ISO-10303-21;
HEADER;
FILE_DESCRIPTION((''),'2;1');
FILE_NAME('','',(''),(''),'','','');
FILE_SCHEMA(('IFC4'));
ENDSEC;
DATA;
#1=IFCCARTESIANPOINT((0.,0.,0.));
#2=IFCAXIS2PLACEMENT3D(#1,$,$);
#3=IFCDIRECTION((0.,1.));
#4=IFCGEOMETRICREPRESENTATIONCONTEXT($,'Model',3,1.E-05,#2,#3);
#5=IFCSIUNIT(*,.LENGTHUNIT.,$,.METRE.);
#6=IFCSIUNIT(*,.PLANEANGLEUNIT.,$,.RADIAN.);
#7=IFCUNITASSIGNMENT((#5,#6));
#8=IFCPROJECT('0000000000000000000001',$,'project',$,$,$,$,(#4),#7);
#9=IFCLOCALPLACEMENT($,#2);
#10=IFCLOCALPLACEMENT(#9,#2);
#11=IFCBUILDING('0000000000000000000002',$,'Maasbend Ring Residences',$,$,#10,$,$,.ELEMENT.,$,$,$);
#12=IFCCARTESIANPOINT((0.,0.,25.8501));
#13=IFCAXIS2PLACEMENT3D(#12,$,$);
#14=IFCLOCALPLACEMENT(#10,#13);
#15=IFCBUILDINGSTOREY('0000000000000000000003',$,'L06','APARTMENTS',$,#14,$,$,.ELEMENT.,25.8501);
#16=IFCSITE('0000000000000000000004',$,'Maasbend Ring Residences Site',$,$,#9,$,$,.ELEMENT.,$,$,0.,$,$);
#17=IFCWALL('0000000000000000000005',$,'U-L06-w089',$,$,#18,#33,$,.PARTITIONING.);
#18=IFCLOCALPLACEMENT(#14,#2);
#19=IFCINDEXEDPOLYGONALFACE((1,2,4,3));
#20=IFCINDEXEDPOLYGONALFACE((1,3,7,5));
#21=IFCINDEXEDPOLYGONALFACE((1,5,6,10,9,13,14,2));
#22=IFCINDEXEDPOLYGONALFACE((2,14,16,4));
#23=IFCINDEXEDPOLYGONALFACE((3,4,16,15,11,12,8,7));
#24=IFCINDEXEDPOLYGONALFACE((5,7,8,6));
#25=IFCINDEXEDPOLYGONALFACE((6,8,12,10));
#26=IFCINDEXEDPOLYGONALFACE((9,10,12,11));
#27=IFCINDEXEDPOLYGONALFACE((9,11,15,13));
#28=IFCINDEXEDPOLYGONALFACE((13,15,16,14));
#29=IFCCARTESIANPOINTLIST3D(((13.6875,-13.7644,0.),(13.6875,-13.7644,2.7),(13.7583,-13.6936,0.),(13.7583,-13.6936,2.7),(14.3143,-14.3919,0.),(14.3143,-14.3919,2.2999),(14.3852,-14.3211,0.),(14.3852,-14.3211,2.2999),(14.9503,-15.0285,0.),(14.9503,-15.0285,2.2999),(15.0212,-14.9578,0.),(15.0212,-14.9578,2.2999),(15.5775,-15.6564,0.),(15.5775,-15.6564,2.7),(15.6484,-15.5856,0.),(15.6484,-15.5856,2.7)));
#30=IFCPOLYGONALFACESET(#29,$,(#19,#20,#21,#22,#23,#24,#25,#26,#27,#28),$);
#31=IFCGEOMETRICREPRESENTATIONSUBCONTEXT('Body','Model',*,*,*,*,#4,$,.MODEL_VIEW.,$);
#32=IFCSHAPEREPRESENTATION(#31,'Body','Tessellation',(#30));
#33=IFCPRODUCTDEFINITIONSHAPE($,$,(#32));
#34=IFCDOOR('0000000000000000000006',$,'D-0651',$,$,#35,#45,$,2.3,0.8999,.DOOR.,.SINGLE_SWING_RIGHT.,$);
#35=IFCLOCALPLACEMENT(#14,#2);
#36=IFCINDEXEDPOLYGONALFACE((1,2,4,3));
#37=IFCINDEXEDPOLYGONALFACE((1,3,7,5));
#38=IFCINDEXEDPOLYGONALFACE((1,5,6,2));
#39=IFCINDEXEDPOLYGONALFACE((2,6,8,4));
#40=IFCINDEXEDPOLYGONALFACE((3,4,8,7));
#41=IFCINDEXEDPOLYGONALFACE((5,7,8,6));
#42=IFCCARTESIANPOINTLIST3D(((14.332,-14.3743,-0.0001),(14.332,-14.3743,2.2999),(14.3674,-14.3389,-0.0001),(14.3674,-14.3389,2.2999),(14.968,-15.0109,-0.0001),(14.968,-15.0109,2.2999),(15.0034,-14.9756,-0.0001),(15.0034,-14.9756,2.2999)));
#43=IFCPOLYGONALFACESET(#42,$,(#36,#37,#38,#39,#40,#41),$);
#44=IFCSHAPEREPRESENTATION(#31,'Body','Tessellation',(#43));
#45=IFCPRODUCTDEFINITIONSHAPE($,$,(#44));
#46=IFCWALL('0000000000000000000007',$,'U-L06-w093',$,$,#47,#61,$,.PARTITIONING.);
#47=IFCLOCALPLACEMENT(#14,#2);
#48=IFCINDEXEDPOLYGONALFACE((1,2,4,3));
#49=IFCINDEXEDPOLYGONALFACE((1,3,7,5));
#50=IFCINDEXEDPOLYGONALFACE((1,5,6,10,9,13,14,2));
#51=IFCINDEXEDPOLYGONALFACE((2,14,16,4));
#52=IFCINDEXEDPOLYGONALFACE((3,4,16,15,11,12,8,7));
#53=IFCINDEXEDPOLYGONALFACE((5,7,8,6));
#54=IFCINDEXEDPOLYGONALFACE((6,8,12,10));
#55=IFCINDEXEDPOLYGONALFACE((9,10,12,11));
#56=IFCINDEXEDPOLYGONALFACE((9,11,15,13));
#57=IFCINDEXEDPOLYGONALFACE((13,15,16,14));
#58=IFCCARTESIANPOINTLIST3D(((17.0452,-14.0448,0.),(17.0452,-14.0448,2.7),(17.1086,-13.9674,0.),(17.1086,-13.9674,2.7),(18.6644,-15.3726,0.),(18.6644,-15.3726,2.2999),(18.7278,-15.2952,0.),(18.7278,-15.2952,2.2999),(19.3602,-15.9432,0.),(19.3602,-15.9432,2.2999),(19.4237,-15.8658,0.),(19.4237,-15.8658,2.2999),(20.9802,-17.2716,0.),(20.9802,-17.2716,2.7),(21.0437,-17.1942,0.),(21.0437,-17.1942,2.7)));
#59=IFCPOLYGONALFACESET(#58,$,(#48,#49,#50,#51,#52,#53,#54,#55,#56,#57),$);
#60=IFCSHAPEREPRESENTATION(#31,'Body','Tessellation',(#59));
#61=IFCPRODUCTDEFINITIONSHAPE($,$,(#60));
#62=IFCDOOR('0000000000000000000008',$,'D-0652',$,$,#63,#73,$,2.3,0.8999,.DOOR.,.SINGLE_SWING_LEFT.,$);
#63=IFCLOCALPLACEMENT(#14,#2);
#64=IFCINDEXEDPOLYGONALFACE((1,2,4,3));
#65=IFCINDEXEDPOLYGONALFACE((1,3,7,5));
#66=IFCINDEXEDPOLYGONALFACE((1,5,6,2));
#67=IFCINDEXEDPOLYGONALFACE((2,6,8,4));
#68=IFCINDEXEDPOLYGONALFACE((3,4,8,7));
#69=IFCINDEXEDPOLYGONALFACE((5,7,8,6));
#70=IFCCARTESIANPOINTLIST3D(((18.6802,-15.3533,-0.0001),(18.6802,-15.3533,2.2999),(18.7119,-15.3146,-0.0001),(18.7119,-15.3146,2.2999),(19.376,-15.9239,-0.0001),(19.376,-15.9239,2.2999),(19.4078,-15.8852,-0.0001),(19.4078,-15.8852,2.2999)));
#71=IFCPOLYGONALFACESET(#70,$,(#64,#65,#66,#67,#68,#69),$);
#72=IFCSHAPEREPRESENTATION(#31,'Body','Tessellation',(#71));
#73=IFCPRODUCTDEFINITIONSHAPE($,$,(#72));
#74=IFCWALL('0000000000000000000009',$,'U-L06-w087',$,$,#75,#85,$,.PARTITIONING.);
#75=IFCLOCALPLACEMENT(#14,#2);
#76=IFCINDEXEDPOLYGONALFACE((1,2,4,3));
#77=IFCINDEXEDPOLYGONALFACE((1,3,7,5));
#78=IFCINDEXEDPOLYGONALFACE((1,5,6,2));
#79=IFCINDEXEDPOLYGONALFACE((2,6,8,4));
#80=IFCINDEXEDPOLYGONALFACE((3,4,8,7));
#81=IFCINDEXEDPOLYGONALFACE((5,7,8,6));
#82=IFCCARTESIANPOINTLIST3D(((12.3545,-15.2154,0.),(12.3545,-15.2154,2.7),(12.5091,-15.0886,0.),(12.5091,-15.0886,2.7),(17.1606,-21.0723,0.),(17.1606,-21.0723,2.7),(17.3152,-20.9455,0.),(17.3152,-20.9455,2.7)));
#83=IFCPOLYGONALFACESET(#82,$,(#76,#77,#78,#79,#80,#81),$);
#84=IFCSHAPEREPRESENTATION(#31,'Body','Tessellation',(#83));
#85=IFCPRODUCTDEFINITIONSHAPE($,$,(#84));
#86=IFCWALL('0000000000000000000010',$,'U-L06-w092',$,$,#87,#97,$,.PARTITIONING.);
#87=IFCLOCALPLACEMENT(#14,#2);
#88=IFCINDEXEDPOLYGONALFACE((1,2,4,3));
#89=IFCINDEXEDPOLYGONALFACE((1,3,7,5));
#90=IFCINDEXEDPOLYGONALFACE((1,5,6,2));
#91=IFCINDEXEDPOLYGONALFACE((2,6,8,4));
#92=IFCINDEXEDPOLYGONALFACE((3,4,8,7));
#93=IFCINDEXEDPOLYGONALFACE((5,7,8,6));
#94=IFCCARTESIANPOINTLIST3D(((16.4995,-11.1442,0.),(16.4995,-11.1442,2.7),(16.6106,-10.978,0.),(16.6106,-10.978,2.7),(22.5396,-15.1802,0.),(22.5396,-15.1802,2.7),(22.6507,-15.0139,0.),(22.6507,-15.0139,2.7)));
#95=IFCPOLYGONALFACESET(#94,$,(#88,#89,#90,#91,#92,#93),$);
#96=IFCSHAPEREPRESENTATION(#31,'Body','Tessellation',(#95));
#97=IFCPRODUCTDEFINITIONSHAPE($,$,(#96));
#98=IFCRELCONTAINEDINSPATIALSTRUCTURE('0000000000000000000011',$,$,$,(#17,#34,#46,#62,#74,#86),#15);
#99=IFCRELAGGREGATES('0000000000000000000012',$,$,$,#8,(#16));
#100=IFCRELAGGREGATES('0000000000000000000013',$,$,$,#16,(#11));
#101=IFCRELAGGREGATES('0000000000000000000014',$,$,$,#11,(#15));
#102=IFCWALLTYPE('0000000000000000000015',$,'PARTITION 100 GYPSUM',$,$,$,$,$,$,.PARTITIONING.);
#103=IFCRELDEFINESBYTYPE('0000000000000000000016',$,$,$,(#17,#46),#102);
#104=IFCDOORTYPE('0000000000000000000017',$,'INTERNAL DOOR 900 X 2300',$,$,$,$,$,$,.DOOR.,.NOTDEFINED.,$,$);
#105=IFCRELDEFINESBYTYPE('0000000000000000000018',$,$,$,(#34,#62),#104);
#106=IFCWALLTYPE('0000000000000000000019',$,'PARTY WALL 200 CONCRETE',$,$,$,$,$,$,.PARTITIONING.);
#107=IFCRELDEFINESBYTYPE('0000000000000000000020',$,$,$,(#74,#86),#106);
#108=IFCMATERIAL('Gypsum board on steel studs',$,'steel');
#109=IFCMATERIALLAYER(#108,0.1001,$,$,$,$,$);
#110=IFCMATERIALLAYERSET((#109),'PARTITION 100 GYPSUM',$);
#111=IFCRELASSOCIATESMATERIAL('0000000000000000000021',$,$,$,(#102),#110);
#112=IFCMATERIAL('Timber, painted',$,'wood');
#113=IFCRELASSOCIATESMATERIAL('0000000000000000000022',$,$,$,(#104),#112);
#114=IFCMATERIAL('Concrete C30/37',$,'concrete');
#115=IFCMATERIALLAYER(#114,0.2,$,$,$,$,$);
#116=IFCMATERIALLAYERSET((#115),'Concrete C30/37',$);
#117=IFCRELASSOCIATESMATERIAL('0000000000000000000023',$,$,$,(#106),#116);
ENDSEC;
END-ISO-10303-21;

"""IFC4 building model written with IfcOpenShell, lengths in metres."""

from ifc_helpers import new_model, si_unit, direction, frame, frame_2d, origin, place, context, subcontext, project, spatial, rectangle, extrude, material, layer, layer_set, type_object, element, fill, save


model = new_model("IFC4")

# Units and contexts
model_context = context("Model", 3, precision=1e-05, world=origin(), true_north=direction((0.0, 1.0)))
body_context = subcontext(model_context, "Body", "Model", "MODEL_VIEW")
ifc_project = project(units=[si_unit("LENGTHUNIT", "METRE"), si_unit("PLANEANGLEUNIT", "RADIAN")], contexts=[model_context])

# Site, building, storey
site_placement = place(None, origin())
site = spatial("IfcSite", under=ifc_project, at=site_placement, Name="Maasbend Ring Residences Site", CompositionType="ELEMENT", RefElevation=0.0)
building_placement = place(site_placement, origin())
building = spatial("IfcBuilding", under=site, at=building_placement, Name="Maasbend Ring Residences", CompositionType="ELEMENT")
storey_placement = place(building_placement, frame((0.0, 0.0, 25.8501)))
storey = spatial("IfcBuildingStorey", under=building, at=storey_placement, Name="L06", Description="APARTMENTS", CompositionType="ELEMENT", Elevation=25.8501)

# Shared definitions
ifc_material_1 = material(Name="Gypsum board on steel studs", Category="steel")
ifc_layer_1 = layer(ifc_material_1, 0.1001)
ifc_layer_set_1 = layer_set([ifc_layer_1], Name="PARTITION 100 GYPSUM")
wall_type_1 = type_object("IfcWallType", Name="PARTITION 100 GYPSUM", PredefinedType="PARTITIONING", material=ifc_layer_set_1)

# Walls, openings, doors
wall_1_placement = place(storey_placement, frame((13.7229, -13.729, 0.0), z_axis=(0.0, 0.0, 1.0), x_axis=(0.706742, -0.707472, 0.0)))
wall_1 = element("IfcWall", 1, at=wall_1_placement, inside=storey, type_object=wall_type_1, Name="U-L06-w089", PredefinedType="PARTITIONING", context=body_context, shape_type="SweptSolid", body=[
    extrude(rectangle(XDim=2.6743, YDim=0.1001, at=frame_2d((1.3372, 0.0))), origin(), (0.0, 0.0, 1.0), 2.7),
])
opening_1_placement = place(wall_1_placement, frame((0.887, 0.0, 0.0)))
opening_1 = element("IfcOpeningElement", 2, at=opening_1_placement, cuts=wall_1, PredefinedType="OPENING", context=body_context, shape_type="SweptSolid", body=[
    extrude(rectangle(XDim=0.8999, YDim=2.3, at=frame_2d((0.45, 1.1499))), frame((0.0, 0.0601, 0.0), z_axis=(0.0, -1.0, 0.0), x_axis=(1.0, 0.0, 0.0)), (0.0, 0.0, 1.0), 0.1201),
])
ifc_material_2 = material(Name="Timber, painted", Category="wood")
door_type_1 = type_object("IfcDoorType", Name="INTERNAL DOOR 900 X 2300", OperationType="NOTDEFINED", PredefinedType="DOOR", material=ifc_material_2)
door_1_placement = place(opening_1_placement, origin())
door_1 = element("IfcDoor", 3, at=door_1_placement, inside=storey, type_object=door_type_1, Name="D-0651", OperationType="SINGLE_SWING_RIGHT", OverallHeight=2.3, OverallWidth=0.8999, PredefinedType="DOOR", context=body_context, shape_type="SweptSolid", body=[
    extrude(rectangle(XDim=0.8999, YDim=2.3, at=frame_2d((0.45, 1.1499))), frame((0.0, 0.0249, 0.0), z_axis=(0.0, -1.0, 0.0), x_axis=(1.0, 0.0, 0.0)), (0.0, 0.0, 1.0), 0.05),
])
fill(opening_1, door_1)
wall_2_placement = place(storey_placement, frame((17.0769, -14.0061, 0.0), z_axis=(0.0, 0.0, 1.0), x_axis=(0.773262, -0.634086, 0.0)))
wall_2 = element("IfcWall", 4, at=wall_2_placement, inside=storey, type_object=wall_type_1, Name="U-L06-w093", PredefinedType="PARTITIONING", context=body_context, shape_type="SweptSolid", body=[
    extrude(rectangle(XDim=5.0889, YDim=0.1001, at=frame_2d((2.5444, 0.0))), origin(), (0.0, 0.0, 1.0), 2.7),
])
opening_2_placement = place(wall_2_placement, frame((2.094, 0.0, 0.0)))
opening_2 = element("IfcOpeningElement", 5, at=opening_2_placement, cuts=wall_2, PredefinedType="OPENING", context=body_context, shape_type="SweptSolid", body=[
    extrude(rectangle(XDim=0.8999, YDim=2.3, at=frame_2d((0.45, 1.1499))), frame((0.0, 0.0601, 0.0), z_axis=(0.0, -1.0, 0.0), x_axis=(1.0, 0.0, 0.0)), (0.0, 0.0, 1.0), 0.1201),
])
door_2_placement = place(opening_2_placement, origin())
door_2 = element("IfcDoor", 6, at=door_2_placement, inside=storey, type_object=door_type_1, Name="D-0652", OperationType="SINGLE_SWING_LEFT", OverallHeight=2.3, OverallWidth=0.8999, PredefinedType="DOOR", context=body_context, shape_type="SweptSolid", body=[
    extrude(rectangle(XDim=0.8999, YDim=2.3, at=frame_2d((0.45, 1.1499))), frame((0.0, 0.0249, 0.0), z_axis=(0.0, -1.0, 0.0), x_axis=(1.0, 0.0, 0.0)), (0.0, 0.0, 1.0), 0.05),
])
fill(opening_2, door_2)

# Walls
ifc_material_3 = material(Name="Concrete C30/37", Category="concrete")
ifc_layer_2 = layer(ifc_material_3, 0.2)
ifc_layer_set_2 = layer_set([ifc_layer_2], Name="Concrete C30/37")
wall_type_2 = type_object("IfcWallType", Name="PARTY WALL 200 CONCRETE", PredefinedType="PARTITIONING", material=ifc_layer_set_2)
wall_3_placement = place(storey_placement, frame((12.4319, -15.1521, 0.0), z_axis=(0.0, 0.0, 1.0), x_axis=(0.634353, -0.773043, 0.0)))
element("IfcWall", 7, at=wall_3_placement, inside=storey, type_object=wall_type_2, Name="U-L06-w087", PredefinedType="PARTITIONING", context=body_context, shape_type="SweptSolid", body=[
    extrude(rectangle(XDim=7.5764, YDim=0.2, at=frame_2d((3.7881, 0.0))), origin(), (0.0, 0.0, 1.0), 2.7),
])
wall_4_placement = place(storey_placement, frame((16.5549, -11.061, 0.0), z_axis=(0.0, 0.0, 1.0), x_axis=(0.831466, -0.555576, 0.0)))
element("IfcWall", 8, at=wall_4_placement, inside=storey, type_object=wall_type_2, Name="U-L06-w092", PredefinedType="PARTITIONING", context=body_context, shape_type="SweptSolid", body=[
    extrude(rectangle(XDim=7.2644, YDim=0.2, at=frame_2d((3.6323, 0.0))), origin(), (0.0, 0.0, 1.0), 2.7),
])

save(model, "model.ifc")
